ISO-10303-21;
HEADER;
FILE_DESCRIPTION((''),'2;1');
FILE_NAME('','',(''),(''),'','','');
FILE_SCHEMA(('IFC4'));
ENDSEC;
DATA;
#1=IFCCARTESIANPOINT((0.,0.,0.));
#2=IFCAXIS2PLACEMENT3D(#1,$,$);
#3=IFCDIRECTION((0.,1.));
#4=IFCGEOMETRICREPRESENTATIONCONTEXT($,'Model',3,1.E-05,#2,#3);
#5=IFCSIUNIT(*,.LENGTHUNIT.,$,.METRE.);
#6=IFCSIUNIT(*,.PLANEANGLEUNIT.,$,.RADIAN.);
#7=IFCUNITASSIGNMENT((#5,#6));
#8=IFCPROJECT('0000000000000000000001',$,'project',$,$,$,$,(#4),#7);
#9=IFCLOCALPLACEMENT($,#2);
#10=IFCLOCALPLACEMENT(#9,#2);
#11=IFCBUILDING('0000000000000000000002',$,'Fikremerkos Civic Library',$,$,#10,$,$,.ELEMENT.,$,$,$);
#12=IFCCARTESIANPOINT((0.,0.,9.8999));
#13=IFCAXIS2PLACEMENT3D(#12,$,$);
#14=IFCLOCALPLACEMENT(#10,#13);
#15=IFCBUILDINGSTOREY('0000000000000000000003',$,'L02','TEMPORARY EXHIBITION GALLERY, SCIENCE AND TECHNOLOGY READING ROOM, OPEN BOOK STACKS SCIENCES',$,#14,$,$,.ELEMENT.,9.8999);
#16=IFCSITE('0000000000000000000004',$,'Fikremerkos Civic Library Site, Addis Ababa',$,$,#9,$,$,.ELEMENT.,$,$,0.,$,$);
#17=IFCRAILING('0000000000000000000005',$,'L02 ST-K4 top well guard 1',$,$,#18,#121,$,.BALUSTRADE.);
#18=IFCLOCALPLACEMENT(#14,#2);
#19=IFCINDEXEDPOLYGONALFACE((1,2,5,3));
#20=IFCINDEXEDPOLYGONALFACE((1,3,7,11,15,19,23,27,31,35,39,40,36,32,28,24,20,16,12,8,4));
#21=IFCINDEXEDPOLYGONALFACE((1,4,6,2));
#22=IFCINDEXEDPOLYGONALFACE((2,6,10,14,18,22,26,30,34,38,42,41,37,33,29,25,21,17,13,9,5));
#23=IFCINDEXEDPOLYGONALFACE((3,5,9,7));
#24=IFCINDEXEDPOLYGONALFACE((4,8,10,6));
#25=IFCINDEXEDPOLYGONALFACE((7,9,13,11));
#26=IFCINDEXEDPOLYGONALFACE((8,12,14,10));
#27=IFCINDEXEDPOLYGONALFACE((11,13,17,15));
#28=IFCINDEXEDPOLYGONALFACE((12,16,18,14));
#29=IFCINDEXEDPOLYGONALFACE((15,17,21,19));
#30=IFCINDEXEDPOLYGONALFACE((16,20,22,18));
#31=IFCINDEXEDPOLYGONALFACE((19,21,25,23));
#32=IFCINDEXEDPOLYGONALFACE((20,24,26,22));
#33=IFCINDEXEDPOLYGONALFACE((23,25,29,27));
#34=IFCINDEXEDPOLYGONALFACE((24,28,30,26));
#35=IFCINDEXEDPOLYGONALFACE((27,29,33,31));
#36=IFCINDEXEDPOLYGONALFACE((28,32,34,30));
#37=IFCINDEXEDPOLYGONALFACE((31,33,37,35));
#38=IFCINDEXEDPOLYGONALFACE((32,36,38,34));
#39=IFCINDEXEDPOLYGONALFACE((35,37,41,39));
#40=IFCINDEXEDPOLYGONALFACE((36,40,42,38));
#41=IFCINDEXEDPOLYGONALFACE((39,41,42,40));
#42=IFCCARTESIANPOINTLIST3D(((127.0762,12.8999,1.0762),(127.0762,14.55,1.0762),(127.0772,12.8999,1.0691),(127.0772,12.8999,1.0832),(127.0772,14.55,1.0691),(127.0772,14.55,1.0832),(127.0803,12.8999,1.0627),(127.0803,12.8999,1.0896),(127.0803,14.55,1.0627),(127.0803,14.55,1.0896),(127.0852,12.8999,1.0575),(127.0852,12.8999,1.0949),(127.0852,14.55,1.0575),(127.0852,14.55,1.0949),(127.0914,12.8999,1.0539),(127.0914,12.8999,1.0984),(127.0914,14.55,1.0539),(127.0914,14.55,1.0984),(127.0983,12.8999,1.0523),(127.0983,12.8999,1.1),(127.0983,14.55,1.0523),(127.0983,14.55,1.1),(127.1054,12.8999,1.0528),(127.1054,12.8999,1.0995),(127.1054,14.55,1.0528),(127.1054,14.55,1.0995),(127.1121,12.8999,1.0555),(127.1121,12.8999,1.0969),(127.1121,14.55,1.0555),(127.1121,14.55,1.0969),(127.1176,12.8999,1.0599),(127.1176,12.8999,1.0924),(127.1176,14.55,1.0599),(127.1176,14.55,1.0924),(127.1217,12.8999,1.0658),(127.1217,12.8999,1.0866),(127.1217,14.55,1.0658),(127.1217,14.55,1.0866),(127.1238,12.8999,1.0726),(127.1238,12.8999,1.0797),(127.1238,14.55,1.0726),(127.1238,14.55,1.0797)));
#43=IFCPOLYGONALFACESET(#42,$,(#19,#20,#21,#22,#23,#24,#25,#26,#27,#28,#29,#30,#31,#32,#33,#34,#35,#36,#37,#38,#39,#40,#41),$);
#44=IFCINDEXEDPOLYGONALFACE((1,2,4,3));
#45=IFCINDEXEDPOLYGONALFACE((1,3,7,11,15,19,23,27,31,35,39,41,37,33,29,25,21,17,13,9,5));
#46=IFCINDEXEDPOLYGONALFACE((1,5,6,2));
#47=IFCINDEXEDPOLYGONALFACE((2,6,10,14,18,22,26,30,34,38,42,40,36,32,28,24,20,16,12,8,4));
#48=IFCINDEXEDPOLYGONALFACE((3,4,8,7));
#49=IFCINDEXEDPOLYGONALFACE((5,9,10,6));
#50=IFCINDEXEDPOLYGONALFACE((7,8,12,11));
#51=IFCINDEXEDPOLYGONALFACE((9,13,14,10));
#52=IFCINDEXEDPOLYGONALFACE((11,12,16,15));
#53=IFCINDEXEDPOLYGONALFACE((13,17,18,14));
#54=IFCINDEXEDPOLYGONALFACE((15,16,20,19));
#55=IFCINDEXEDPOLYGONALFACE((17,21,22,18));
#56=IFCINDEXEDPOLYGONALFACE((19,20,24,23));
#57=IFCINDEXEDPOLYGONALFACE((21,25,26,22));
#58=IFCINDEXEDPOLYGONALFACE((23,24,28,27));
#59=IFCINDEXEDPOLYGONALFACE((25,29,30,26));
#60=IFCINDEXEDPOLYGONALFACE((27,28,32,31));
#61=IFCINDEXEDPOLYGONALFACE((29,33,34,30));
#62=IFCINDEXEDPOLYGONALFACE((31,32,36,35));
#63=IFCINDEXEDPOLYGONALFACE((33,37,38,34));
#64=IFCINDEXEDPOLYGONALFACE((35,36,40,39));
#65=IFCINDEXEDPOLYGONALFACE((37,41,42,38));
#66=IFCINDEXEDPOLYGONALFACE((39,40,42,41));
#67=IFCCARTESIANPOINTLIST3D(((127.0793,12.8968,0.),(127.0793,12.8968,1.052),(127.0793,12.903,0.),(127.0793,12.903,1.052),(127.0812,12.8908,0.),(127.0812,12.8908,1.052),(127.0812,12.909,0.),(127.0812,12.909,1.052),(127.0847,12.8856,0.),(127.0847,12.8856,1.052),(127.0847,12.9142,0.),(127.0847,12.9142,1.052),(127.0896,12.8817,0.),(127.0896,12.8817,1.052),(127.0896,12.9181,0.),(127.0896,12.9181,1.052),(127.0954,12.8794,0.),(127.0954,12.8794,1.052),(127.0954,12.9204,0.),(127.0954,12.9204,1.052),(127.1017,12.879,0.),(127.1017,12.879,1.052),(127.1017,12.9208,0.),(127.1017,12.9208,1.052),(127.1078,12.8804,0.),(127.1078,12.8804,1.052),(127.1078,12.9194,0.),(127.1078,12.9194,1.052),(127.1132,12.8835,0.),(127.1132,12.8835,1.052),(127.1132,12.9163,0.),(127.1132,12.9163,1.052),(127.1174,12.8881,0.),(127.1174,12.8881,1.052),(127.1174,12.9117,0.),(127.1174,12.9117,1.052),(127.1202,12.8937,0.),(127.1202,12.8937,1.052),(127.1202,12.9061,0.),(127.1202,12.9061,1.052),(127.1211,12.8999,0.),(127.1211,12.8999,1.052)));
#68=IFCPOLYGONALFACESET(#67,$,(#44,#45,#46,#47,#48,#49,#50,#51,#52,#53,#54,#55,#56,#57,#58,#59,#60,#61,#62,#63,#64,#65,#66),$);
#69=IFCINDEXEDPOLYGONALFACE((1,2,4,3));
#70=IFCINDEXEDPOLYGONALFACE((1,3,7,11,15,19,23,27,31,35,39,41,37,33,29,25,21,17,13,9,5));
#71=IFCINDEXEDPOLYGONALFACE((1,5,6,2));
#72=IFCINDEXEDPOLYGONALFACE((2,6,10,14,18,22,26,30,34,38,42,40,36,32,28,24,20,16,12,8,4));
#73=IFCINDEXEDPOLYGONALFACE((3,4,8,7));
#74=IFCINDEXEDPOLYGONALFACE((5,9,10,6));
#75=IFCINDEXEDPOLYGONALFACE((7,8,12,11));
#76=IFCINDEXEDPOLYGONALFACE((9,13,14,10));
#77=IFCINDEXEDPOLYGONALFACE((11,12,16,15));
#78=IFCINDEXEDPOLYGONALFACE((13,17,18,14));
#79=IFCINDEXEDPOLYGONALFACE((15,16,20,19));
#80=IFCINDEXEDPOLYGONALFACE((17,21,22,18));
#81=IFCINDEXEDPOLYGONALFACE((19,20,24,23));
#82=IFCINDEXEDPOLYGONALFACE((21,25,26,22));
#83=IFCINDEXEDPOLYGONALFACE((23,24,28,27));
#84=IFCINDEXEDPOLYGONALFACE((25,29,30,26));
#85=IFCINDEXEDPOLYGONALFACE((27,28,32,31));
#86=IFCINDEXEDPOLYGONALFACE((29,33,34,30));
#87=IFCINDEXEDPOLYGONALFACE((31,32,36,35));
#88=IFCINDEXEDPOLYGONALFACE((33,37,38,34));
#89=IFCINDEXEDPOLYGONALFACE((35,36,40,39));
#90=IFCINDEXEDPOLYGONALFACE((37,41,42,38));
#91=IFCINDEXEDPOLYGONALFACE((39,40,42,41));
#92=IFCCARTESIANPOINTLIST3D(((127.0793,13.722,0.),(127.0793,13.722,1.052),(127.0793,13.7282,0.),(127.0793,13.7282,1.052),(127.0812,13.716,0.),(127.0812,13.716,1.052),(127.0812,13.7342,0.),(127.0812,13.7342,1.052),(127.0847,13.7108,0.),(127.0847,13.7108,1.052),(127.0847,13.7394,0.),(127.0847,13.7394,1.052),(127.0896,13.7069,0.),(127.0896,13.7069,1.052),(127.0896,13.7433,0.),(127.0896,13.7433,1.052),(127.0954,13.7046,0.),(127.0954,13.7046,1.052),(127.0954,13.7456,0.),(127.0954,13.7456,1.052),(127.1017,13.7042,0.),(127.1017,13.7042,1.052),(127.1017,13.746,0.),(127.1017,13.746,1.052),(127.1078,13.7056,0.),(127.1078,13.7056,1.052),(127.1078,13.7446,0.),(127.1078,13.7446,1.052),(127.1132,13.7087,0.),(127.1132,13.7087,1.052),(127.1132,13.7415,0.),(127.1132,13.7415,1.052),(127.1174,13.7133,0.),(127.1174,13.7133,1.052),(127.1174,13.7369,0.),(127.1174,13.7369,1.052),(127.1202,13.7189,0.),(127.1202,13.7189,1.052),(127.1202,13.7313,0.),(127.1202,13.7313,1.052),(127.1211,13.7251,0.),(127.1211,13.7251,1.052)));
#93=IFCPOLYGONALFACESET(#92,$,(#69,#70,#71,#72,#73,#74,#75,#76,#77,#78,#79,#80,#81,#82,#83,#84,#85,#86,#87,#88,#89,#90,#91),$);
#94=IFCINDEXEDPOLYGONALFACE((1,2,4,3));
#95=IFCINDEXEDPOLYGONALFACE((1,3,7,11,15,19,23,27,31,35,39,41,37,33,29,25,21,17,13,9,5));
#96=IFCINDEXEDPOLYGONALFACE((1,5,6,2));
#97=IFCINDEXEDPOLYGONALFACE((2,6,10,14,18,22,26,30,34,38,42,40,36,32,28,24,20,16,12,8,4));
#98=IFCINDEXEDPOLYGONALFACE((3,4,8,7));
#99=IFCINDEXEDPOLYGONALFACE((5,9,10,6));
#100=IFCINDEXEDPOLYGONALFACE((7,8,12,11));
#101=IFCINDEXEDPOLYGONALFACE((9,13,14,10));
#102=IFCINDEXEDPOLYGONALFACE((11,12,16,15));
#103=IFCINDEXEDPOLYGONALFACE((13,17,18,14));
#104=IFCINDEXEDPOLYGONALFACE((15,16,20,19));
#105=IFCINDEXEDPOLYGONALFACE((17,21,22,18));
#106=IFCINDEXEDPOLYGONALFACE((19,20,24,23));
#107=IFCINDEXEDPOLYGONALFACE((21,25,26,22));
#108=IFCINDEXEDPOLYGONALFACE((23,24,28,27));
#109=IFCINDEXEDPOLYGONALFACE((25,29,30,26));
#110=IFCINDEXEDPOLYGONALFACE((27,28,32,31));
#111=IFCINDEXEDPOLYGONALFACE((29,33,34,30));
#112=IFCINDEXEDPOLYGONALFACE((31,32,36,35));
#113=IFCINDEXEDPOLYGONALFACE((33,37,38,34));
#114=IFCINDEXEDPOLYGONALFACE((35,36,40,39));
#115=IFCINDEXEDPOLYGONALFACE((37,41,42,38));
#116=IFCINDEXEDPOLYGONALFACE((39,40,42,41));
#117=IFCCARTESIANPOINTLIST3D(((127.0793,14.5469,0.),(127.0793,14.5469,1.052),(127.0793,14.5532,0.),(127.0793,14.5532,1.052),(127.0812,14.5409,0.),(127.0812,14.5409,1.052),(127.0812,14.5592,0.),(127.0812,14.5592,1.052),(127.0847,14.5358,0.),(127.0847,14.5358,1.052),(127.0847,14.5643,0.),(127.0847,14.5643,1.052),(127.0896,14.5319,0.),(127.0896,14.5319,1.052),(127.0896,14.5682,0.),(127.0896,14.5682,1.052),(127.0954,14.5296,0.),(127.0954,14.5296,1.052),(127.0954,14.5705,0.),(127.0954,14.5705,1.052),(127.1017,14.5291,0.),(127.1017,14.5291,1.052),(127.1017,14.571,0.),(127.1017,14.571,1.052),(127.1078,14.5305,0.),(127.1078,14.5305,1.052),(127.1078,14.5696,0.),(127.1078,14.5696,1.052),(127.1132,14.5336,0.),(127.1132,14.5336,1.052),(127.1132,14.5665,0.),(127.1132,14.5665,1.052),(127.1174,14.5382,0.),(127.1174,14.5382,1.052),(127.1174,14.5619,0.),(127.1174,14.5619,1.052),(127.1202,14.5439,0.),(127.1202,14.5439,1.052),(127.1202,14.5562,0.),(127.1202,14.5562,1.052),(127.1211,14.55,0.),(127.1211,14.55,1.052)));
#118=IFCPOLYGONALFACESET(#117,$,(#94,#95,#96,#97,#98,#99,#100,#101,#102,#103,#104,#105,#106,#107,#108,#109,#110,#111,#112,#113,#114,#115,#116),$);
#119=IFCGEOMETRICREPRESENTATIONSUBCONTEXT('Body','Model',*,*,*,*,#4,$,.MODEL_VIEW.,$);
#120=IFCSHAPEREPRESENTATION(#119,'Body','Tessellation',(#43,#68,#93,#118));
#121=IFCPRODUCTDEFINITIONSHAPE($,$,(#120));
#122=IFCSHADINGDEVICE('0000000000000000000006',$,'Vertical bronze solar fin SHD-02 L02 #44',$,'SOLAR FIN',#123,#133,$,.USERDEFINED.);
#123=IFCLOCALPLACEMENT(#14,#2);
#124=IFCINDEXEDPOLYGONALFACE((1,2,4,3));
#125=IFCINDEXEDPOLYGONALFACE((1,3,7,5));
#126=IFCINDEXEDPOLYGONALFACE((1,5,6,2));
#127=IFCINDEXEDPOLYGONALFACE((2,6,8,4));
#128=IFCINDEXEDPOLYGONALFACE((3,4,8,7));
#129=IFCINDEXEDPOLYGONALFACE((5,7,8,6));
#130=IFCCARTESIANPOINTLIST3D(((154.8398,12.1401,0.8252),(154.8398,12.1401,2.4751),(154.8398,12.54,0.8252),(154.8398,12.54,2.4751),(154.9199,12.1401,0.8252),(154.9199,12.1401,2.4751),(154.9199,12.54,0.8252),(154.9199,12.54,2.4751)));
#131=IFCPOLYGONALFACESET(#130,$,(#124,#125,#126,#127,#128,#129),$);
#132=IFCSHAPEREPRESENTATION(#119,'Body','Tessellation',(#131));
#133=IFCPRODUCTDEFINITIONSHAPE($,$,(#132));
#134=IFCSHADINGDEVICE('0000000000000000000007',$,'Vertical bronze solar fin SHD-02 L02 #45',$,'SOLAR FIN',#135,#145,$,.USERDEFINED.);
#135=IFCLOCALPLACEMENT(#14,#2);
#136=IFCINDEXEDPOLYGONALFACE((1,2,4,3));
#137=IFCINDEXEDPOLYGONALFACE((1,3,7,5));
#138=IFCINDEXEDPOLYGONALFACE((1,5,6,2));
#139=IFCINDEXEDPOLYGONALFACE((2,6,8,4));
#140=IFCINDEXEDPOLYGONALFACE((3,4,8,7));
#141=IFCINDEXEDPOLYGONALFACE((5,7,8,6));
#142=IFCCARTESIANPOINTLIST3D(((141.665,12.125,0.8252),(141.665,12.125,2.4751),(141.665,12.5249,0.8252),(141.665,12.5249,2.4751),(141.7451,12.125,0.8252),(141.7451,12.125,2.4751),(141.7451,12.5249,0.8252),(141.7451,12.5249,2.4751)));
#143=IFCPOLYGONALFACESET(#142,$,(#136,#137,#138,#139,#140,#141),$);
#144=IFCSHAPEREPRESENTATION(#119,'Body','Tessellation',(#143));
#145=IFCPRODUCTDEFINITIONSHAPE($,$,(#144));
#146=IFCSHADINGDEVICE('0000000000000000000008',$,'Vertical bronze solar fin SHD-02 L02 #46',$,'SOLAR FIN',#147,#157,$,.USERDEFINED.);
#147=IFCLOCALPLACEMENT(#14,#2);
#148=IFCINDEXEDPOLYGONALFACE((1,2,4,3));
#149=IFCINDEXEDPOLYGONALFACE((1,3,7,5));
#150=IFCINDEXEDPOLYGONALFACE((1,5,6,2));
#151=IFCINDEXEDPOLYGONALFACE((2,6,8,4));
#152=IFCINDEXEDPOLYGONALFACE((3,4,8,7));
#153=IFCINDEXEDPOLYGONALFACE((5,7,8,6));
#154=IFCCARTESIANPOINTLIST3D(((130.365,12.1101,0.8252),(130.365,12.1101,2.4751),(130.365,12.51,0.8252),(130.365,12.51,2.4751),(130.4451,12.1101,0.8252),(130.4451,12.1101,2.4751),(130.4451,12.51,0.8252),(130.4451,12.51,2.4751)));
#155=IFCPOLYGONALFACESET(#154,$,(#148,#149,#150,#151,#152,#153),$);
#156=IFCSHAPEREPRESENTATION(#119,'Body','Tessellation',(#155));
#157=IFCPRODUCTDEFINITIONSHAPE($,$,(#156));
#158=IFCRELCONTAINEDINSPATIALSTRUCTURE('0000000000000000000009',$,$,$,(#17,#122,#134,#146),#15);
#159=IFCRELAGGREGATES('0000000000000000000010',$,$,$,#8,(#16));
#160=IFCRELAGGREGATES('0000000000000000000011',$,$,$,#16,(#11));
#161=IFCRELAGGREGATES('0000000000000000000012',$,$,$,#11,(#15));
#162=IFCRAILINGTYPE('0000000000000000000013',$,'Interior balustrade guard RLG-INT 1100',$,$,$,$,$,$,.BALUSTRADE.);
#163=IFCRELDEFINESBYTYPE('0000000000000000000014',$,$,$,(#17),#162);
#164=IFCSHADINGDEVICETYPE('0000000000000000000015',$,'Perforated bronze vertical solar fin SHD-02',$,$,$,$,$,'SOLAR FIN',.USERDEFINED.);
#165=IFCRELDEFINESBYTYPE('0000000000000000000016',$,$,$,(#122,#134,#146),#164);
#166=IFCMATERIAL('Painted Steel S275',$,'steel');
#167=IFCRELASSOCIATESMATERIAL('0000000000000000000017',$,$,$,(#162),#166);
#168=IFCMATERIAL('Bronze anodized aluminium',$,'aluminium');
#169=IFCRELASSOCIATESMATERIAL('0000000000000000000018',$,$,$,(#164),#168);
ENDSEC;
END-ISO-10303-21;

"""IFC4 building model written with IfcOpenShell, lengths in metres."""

from ifc_helpers import new_model, si_unit, direction, frame, origin, origin_2d, place, context, subcontext, project, spatial, rectangle, circle, extrude, material, type_object, element, save


model = new_model("IFC4")

# Units and contexts
model_context = context("Model", 3, precision=1e-05, world=origin(), true_north=direction((0.0, 1.0)))
body_context = subcontext(model_context, "Body", "Model", "MODEL_VIEW")
ifc_project = project(units=[si_unit("LENGTHUNIT", "METRE"), si_unit("PLANEANGLEUNIT", "RADIAN")], contexts=[model_context])

# Site, building, storey
site_placement = place(None, origin())
site = spatial("IfcSite", under=ifc_project, at=site_placement, Name="Fikremerkos Civic Library Site, Addis Ababa", CompositionType="ELEMENT", RefElevation=0.0)
building_placement = place(site_placement, origin())
building = spatial("IfcBuilding", under=site, at=building_placement, Name="Fikremerkos Civic Library", CompositionType="ELEMENT")
storey_placement = place(building_placement, frame((0.0, 0.0, 9.8999)))
storey = spatial("IfcBuildingStorey", under=building, at=storey_placement, Name="L02", Description="TEMPORARY EXHIBITION GALLERY, SCIENCE AND TECHNOLOGY READING ROOM, OPEN BOOK STACKS SCIENCES", CompositionType="ELEMENT", Elevation=9.8999)

# Railing
ifc_material_1 = material(Name="Painted Steel S275", Category="steel")
railing_type = type_object("IfcRailingType", Name="Interior balustrade guard RLG-INT 1100", PredefinedType="BALUSTRADE", material=ifc_material_1)
railing_placement = place(storey_placement, frame((127.1001, 12.8999, 0.0)))
element("IfcRailing", 1, at=railing_placement, inside=storey, type_object=railing_type, Name="L02 ST-K4 top well guard 1", PredefinedType="BALUSTRADE", context=body_context, shape_type="SweptSolid", body=[
    extrude(circle(Radius=0.0239, at=origin_2d()), frame((0.0, 0.0, 1.0762), z_axis=(0.0, 1.0, 0.0), x_axis=(-1.0, 0.0, 0.0)), (0.0, 0.0, 1.0), 1.6501),
    extrude(circle(Radius=0.021, at=origin_2d()), origin(), (0.0, 0.0, 1.0), 1.052),
    extrude(circle(Radius=0.021, at=origin_2d()), frame((0.0, 0.8252, 0.0)), (0.0, 0.0, 1.0), 1.052),
    extrude(circle(Radius=0.021, at=origin_2d()), frame((0.0, 1.6501, 0.0)), (0.0, 0.0, 1.0), 1.052),
])

# Shading devices
ifc_material_2 = material(Name="Bronze anodized aluminium", Category="aluminium")
shading_device_type = type_object("IfcShadingDeviceType", Name="Perforated bronze vertical solar fin SHD-02", ElementType="SOLAR FIN", PredefinedType="USERDEFINED", material=ifc_material_2)
for number, where, z_axis, x_axis, name in (
    (2, (154.8799, 12.3401, 0.8252), (0.0, 0.0, 1.0), (1.0, 0.0, 0.0), "Vertical bronze solar fin SHD-02 L02 #44"),
    (3, (141.7051, 12.325, 0.8252), (0.0, 0.0, 1.0), (1.0, 0.0, 0.0), "Vertical bronze solar fin SHD-02 L02 #45"),
    (4, (130.405, 12.3101, 0.8252), (0.0, 0.0, 1.0), (1.0, 0.0, 0.0), "Vertical bronze solar fin SHD-02 L02 #46"),
):
    element("IfcShadingDevice", number, at=place(storey_placement, frame(where, z_axis=z_axis, x_axis=x_axis)), inside=storey, type_object=shading_device_type, Name=name, ObjectType="SOLAR FIN", PredefinedType="USERDEFINED", context=body_context, shape_type="SweptSolid", body=[
        extrude(rectangle(XDim=0.0801, YDim=0.3999, at=origin_2d()), origin(), (0.0, 0.0, 1.0), 1.6499),
    ])

save(model, "model.ifc")
